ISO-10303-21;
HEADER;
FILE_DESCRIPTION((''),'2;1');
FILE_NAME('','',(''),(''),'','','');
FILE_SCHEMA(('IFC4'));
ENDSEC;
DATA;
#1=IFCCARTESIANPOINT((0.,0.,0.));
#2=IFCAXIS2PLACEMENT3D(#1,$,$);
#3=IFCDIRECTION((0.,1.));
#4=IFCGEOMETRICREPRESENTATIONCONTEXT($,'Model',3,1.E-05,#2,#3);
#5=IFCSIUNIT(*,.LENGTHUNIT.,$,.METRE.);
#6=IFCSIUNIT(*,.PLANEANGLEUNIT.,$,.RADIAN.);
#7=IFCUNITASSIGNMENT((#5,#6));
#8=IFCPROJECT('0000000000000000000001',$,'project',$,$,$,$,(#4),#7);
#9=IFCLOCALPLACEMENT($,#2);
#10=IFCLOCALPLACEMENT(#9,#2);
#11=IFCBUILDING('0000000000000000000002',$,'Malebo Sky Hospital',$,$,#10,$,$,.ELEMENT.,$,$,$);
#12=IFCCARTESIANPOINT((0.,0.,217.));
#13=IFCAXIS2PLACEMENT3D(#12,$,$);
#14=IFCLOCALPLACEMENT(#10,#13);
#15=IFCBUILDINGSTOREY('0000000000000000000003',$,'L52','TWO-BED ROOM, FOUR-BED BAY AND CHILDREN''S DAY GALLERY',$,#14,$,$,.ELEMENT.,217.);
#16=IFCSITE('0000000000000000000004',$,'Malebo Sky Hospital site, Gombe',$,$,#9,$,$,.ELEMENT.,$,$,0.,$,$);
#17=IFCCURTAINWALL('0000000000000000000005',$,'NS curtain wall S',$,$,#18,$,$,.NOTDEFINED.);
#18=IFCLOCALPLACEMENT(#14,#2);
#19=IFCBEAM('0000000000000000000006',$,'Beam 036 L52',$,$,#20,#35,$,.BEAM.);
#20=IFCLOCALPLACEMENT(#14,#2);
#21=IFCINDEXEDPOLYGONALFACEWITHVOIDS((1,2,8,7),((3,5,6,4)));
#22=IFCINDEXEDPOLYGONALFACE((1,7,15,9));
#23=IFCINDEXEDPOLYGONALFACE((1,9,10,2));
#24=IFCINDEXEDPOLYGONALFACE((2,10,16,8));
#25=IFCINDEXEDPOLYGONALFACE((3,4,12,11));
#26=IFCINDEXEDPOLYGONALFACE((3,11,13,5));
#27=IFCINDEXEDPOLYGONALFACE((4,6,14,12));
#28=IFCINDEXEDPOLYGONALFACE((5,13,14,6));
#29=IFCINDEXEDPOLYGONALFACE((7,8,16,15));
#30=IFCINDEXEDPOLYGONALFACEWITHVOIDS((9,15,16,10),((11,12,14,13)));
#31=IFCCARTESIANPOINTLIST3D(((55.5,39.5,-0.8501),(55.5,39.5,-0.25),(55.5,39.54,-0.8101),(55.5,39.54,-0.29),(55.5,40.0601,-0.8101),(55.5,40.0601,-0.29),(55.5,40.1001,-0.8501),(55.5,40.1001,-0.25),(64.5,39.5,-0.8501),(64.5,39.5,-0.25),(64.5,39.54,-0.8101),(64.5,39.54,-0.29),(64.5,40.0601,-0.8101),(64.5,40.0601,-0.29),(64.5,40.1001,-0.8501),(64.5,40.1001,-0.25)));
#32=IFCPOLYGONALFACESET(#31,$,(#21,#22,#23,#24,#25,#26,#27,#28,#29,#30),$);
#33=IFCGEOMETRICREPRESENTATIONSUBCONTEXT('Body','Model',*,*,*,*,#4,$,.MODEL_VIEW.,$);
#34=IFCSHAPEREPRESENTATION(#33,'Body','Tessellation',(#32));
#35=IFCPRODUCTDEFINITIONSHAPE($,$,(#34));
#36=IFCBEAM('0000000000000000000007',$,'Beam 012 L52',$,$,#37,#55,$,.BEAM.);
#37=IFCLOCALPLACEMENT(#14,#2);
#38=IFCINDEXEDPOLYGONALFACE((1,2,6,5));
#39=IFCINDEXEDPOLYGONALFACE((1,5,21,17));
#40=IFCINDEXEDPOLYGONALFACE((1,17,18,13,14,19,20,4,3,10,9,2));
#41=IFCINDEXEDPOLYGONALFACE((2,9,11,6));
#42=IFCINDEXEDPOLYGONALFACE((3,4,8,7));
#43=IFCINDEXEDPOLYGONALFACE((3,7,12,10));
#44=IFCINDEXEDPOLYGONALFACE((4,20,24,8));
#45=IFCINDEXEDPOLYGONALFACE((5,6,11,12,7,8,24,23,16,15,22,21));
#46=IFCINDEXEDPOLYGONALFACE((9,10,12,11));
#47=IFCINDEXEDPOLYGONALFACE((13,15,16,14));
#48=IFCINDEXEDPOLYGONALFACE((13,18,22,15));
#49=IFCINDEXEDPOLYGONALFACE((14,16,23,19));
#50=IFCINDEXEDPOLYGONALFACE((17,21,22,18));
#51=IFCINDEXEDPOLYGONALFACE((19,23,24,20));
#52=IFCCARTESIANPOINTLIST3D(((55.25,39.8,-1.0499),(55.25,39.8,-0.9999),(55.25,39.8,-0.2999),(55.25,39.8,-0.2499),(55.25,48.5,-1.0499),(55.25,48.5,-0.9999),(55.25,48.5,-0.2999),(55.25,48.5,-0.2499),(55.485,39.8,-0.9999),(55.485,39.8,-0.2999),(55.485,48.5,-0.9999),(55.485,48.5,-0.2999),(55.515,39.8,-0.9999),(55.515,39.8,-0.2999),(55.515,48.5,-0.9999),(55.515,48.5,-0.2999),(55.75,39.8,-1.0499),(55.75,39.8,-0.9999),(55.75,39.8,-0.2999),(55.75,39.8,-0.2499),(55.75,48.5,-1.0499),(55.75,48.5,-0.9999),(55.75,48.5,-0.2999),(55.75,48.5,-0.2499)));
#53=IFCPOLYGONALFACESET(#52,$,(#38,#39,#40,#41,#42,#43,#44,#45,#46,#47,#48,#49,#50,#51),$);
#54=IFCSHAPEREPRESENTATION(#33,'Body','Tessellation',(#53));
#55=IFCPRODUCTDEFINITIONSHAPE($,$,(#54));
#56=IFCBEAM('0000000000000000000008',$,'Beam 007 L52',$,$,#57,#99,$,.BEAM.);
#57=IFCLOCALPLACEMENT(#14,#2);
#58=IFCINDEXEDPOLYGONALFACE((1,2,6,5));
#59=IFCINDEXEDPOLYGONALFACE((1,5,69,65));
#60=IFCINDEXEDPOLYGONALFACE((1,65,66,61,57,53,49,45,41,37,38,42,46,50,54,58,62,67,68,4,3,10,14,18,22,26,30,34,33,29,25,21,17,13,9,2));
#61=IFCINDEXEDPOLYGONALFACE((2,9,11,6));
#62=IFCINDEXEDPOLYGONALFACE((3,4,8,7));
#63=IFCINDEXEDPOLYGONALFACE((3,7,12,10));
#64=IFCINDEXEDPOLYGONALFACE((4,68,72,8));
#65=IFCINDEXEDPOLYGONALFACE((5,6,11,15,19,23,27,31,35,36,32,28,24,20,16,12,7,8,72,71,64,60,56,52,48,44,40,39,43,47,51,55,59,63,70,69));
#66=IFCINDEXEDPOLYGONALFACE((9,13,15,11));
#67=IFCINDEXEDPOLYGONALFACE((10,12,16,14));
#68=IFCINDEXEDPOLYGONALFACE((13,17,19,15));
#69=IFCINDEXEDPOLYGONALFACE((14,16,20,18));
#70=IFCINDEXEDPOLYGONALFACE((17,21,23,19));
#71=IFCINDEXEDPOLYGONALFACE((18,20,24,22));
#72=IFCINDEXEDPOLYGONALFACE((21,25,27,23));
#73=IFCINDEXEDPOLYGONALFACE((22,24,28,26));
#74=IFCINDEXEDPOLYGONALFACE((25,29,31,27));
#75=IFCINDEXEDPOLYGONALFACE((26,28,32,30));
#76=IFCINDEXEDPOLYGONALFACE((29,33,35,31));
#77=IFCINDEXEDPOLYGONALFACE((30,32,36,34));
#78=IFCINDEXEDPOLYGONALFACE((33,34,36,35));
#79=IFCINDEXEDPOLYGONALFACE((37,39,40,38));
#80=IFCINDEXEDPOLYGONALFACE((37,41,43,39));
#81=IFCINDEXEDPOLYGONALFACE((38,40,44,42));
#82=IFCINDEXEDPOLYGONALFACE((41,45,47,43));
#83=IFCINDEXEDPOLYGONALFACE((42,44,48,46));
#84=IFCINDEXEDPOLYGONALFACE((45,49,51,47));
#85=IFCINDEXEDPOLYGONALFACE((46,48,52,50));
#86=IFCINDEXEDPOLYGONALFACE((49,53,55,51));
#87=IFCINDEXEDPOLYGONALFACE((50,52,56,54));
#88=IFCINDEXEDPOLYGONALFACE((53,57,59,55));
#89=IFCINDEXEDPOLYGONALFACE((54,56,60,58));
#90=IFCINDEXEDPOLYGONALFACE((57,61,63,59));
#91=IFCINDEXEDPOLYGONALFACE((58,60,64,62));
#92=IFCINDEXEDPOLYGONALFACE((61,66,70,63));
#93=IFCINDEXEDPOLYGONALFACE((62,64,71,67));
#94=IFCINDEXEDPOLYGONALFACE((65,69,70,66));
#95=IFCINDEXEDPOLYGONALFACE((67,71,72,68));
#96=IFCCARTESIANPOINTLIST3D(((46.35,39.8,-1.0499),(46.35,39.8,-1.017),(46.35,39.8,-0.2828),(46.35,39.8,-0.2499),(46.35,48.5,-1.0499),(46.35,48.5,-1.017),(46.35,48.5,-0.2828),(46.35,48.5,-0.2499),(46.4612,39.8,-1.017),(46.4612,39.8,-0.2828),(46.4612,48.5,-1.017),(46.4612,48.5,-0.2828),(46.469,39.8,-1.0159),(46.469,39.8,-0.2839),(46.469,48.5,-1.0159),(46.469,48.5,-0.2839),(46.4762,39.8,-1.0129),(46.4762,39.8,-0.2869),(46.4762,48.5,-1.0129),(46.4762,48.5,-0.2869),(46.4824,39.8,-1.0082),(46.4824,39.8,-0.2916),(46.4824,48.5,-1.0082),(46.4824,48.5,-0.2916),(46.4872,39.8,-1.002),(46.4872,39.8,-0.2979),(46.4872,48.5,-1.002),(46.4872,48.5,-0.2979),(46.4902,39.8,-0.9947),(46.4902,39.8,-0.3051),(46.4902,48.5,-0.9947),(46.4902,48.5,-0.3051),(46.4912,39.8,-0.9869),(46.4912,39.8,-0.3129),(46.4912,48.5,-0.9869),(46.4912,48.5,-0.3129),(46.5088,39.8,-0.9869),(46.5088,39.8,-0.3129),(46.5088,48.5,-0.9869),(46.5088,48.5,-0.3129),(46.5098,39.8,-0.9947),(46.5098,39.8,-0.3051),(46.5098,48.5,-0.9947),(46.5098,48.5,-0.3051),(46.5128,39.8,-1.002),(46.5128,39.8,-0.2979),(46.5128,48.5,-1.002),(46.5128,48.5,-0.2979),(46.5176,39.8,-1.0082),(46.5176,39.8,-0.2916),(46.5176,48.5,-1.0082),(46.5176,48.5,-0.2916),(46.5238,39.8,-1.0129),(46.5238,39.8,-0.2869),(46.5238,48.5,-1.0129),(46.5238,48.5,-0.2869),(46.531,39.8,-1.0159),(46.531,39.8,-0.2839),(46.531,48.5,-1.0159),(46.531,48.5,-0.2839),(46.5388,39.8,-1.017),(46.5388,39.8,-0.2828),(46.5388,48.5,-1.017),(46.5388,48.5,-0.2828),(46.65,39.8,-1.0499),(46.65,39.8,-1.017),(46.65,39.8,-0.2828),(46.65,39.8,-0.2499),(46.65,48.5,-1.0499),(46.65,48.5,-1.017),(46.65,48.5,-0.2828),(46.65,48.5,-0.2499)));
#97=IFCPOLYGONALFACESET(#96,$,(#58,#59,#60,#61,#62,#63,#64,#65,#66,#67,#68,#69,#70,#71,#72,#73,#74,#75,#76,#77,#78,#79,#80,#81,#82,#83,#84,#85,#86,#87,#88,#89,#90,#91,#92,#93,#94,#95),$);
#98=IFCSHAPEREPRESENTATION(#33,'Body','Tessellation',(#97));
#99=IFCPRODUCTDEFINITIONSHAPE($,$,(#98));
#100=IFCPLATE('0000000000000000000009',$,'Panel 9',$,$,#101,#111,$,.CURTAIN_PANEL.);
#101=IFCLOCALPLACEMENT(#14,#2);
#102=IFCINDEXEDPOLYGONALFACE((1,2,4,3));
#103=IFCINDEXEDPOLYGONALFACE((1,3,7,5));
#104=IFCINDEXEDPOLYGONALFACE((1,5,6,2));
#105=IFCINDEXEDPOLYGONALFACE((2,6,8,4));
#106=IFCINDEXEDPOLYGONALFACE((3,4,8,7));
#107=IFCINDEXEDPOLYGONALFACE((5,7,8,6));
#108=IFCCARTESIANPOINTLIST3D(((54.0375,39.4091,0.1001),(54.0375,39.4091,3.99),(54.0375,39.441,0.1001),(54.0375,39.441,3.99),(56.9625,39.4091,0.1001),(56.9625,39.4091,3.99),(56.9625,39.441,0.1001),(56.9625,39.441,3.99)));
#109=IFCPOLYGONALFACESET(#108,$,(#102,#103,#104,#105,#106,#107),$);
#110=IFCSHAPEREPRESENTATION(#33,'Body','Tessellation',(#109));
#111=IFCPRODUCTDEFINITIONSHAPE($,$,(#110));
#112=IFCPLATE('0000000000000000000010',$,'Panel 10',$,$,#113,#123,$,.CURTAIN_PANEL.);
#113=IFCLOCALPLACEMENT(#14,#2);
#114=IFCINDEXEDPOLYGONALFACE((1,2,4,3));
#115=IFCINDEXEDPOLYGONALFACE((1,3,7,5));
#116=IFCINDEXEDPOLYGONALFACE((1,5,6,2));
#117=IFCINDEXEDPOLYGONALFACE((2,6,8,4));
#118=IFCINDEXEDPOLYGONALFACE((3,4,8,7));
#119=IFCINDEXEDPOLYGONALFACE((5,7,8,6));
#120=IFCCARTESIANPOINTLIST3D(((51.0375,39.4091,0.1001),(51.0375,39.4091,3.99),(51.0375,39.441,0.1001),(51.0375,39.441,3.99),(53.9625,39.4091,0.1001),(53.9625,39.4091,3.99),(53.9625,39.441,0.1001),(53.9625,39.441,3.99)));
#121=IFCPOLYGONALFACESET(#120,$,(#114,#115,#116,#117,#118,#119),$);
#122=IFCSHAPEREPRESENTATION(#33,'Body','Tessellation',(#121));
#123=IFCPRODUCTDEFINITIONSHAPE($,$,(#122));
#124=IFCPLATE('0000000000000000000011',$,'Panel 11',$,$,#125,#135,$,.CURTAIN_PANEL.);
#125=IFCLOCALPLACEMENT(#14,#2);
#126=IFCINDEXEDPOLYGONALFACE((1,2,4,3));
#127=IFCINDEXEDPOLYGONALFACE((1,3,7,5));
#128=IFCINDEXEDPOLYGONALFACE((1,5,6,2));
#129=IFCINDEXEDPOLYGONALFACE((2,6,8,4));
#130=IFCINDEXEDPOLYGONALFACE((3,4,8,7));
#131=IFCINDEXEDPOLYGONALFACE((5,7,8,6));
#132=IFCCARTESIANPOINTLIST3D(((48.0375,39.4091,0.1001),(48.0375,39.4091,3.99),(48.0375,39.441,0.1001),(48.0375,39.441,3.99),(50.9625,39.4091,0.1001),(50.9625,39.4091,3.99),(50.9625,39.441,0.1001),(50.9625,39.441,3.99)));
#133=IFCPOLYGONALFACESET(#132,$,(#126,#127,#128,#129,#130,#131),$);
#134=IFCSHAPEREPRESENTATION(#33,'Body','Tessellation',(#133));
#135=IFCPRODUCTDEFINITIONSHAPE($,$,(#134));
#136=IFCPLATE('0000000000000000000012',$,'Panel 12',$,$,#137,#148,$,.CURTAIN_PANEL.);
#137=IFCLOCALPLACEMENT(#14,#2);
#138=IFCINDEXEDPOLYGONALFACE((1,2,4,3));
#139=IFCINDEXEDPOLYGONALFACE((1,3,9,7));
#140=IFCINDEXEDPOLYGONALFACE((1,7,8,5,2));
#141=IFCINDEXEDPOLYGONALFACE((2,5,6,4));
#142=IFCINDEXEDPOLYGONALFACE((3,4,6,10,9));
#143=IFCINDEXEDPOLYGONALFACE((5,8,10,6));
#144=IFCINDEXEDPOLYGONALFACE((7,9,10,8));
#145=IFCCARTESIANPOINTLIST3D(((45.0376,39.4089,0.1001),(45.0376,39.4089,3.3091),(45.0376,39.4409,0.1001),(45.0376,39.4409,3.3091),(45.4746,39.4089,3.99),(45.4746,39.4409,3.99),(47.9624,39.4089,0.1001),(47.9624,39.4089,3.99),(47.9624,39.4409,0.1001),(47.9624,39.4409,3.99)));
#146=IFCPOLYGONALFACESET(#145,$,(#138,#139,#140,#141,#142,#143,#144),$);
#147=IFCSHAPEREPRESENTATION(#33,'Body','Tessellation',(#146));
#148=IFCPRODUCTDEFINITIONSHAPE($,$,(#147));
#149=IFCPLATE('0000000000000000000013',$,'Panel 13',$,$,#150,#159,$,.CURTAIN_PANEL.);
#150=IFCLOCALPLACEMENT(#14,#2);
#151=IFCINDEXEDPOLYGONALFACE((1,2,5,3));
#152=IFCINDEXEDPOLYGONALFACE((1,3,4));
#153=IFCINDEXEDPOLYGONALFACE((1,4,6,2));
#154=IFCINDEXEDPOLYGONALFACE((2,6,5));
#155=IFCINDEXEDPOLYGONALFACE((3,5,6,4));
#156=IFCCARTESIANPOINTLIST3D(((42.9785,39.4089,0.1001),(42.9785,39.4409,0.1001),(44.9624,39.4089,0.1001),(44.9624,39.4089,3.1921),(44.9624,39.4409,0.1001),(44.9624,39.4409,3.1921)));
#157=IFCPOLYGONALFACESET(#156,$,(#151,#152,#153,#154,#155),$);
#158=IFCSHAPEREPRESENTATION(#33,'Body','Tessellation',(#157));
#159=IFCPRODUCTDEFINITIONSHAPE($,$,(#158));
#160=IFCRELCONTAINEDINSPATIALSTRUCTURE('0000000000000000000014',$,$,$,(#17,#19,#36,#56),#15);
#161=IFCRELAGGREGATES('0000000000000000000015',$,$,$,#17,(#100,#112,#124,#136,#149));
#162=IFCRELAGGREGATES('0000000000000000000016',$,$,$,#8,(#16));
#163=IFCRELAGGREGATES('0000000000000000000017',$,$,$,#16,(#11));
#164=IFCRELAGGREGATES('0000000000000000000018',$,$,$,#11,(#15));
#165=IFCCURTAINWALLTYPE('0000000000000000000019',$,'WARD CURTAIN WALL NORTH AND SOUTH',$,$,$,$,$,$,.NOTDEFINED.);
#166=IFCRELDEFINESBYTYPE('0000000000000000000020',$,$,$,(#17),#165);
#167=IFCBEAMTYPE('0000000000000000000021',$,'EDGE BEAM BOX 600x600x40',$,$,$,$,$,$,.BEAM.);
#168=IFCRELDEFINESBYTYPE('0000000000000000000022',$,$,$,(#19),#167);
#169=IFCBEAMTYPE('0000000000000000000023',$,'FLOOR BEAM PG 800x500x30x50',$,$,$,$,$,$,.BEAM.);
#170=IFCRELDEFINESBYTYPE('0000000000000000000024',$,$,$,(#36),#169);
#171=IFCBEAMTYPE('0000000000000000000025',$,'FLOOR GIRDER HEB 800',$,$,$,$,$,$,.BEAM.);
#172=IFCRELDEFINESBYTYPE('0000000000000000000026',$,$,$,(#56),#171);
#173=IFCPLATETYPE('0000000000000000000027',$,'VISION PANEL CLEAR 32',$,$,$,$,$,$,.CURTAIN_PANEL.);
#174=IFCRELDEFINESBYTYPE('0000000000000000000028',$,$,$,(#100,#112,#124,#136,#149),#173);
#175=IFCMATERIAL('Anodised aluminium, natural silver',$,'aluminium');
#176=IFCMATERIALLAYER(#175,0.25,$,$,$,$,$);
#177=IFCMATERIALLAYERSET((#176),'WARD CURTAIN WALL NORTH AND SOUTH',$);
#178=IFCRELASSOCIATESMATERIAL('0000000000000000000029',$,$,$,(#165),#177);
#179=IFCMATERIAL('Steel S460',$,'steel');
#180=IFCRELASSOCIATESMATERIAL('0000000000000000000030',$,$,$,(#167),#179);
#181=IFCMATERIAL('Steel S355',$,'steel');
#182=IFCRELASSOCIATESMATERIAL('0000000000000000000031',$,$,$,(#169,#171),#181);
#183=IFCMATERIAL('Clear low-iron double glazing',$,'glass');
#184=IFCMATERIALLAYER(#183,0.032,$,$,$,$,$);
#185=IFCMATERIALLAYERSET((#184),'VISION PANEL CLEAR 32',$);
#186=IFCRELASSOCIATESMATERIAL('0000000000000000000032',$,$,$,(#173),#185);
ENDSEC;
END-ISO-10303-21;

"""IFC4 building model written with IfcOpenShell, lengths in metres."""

from ifc_helpers import new_model, si_unit, direction, frame, origin, origin_2d, place, context, subcontext, project, spatial, polyline, rectangle, hollow_rectangle, i_section, outline, extrude, material, layer, layer_set, material_profile, profile_set, type_object, element, aggregate, save


model = new_model("IFC4")

# Units and contexts
model_context = context("Model", 3, precision=1e-05, world=origin(), true_north=direction((0.0, 1.0)))
body_context = subcontext(model_context, "Body", "Model", "MODEL_VIEW")
ifc_project = project(units=[si_unit("LENGTHUNIT", "METRE"), si_unit("PLANEANGLEUNIT", "RADIAN")], contexts=[model_context])

# Site, building, storey
site_placement = place(None, origin())
site = spatial("IfcSite", under=ifc_project, at=site_placement, Name="Malebo Sky Hospital site, Gombe", CompositionType="ELEMENT", RefElevation=0.0)
building_placement = place(site_placement, origin())
building = spatial("IfcBuilding", under=site, at=building_placement, Name="Malebo Sky Hospital", CompositionType="ELEMENT")
storey_placement = place(building_placement, frame((0.0, 0.0, 217.0)))
storey = spatial("IfcBuildingStorey", under=building, at=storey_placement, Name="L52", Description="TWO-BED ROOM, FOUR-BED BAY AND CHILDREN'S DAY GALLERY", CompositionType="ELEMENT", Elevation=217.0)

# Shared definitions
ifc_material_1 = material(Name="Steel S460", Category="steel")

# Curtain wall
ifc_material_2 = material(Name="Anodised aluminium, natural silver", Category="aluminium")
ifc_layer_1 = layer(ifc_material_2, 0.25)
ifc_layer_set_1 = layer_set([ifc_layer_1], Name="WARD CURTAIN WALL NORTH AND SOUTH")
curtain_wall_type = type_object("IfcCurtainWallType", Name="WARD CURTAIN WALL NORTH AND SOUTH", PredefinedType="NOTDEFINED", material=ifc_layer_set_1)
curtain_wall_placement = place(storey_placement, origin())
curtain_wall = element("IfcCurtainWall", 1, at=curtain_wall_placement, inside=storey, type_object=curtain_wall_type, Name="NS curtain wall S", PredefinedType="NOTDEFINED")

# Beams
ifc_material_profile_1 = material_profile(ifc_material_1, hollow_rectangle(XDim=0.6001, YDim=0.6001, WallThickness=0.04, at=origin_2d()), Name="BOX 600x600x40")
ifc_profile_set_1 = profile_set([ifc_material_profile_1], Name="Steel S460")
beam_type_1 = type_object("IfcBeamType", Name="EDGE BEAM BOX 600x600x40", PredefinedType="BEAM", material=ifc_profile_set_1)
for number, where, z_axis, x_axis, name in (
    (2, (55.5, 39.8, -0.55), (1.0, 0.0, 0.0), (0.0, 1.0, 0.0), "Beam 036 L52"),
):
    element("IfcBeam", number, at=place(storey_placement, frame(where, z_axis=z_axis, x_axis=x_axis)), inside=storey, type_object=beam_type_1, Name=name, PredefinedType="BEAM", context=body_context, shape_type="SweptSolid", body=[
        extrude(hollow_rectangle(XDim=0.6001, YDim=0.6001, WallThickness=0.04, at=origin_2d()), origin(), (0.0, 0.0, 1.0), 9.0),
    ])
ifc_material_3 = material(Name="Steel S355", Category="steel")
ifc_material_profile_2 = material_profile(ifc_material_3, i_section(OverallWidth=0.5, OverallDepth=0.8, WebThickness=0.03, FlangeThickness=0.05, at=origin_2d()), Name="PG 800x500x30x50")
ifc_profile_set_2 = profile_set([ifc_material_profile_2], Name="Steel S355")
beam_type_2 = type_object("IfcBeamType", Name="FLOOR BEAM PG 800x500x30x50", PredefinedType="BEAM", material=ifc_profile_set_2)
beam_1_placement = place(storey_placement, frame((55.5, 39.8, -0.6499), z_axis=(0.0, 1.0, 0.0), x_axis=(-1.0, 0.0, 0.0)))
element("IfcBeam", 3, at=beam_1_placement, inside=storey, type_object=beam_type_2, Name="Beam 012 L52", PredefinedType="BEAM", context=body_context, shape_type="SweptSolid", body=[
    extrude(i_section(OverallWidth=0.5, OverallDepth=0.8, WebThickness=0.03, FlangeThickness=0.05, at=origin_2d()), origin(), (0.0, 0.0, 1.0), 8.7),
])
ifc_material_profile_3 = material_profile(ifc_material_3, i_section(OverallWidth=0.3, OverallDepth=0.8, WebThickness=0.0176, FlangeThickness=0.033, FilletRadius=0.03, at=origin_2d()), Name="HEB 800")
ifc_profile_set_3 = profile_set([ifc_material_profile_3], Name="Steel S355")
beam_type_3 = type_object("IfcBeamType", Name="FLOOR GIRDER HEB 800", PredefinedType="BEAM", material=ifc_profile_set_3)
beam_2_placement = place(storey_placement, frame((46.5, 39.8, -0.6499), z_axis=(0.0, 1.0, 0.0), x_axis=(-1.0, 0.0, 0.0)))
element("IfcBeam", 4, at=beam_2_placement, inside=storey, type_object=beam_type_3, Name="Beam 007 L52", PredefinedType="BEAM", context=body_context, shape_type="SweptSolid", body=[
    extrude(i_section(OverallWidth=0.3, OverallDepth=0.8, WebThickness=0.0176, FlangeThickness=0.033, FilletRadius=0.03, at=origin_2d()), origin(), (0.0, 0.0, 1.0), 8.7),
])

# Plates
ifc_material_4 = material(Name="Clear low-iron double glazing", Category="glass")
ifc_layer_2 = layer(ifc_material_4, 0.032)
ifc_layer_set_2 = layer_set([ifc_layer_2], Name="VISION PANEL CLEAR 32")
plate_type = type_object("IfcPlateType", Name="VISION PANEL CLEAR 32", PredefinedType="CURTAIN_PANEL", material=ifc_layer_set_2)
plate_1_placement = place(storey_placement, frame((55.5, 39.425, 0.1001), z_axis=(0.0, 0.0, 1.0), x_axis=(-1.0, 0.0, 0.0)))
plate_1 = element("IfcPlate", 5, at=plate_1_placement, type_object=plate_type, Name="Panel 9", PredefinedType="CURTAIN_PANEL", context=body_context, shape_type="SweptSolid", body=[
    extrude(rectangle(XDim=2.925, YDim=0.032, at=origin_2d()), origin(), (0.0, 0.0, 1.0), 3.8899),
])
plate_2_placement = place(storey_placement, frame((52.5, 39.425, 0.1001), z_axis=(0.0, 0.0, 1.0), x_axis=(-1.0, 0.0, 0.0)))
plate_2 = element("IfcPlate", 6, at=plate_2_placement, type_object=plate_type, Name="Panel 10", PredefinedType="CURTAIN_PANEL", context=body_context, shape_type="SweptSolid", body=[
    extrude(rectangle(XDim=2.925, YDim=0.032, at=origin_2d()), origin(), (0.0, 0.0, 1.0), 3.8899),
])
plate_3_placement = place(storey_placement, frame((49.5, 39.425, 0.1001), z_axis=(0.0, 0.0, 1.0), x_axis=(-1.0, 0.0, 0.0)))
plate_3 = element("IfcPlate", 7, at=plate_3_placement, type_object=plate_type, Name="Panel 11", PredefinedType="CURTAIN_PANEL", context=body_context, shape_type="SweptSolid", body=[
    extrude(rectangle(XDim=2.925, YDim=0.032, at=origin_2d()), origin(), (0.0, 0.0, 1.0), 3.8899),
])
plate_4_placement = place(storey_placement, frame((46.5, 39.425, 0.1001), z_axis=(0.0, 0.0, 1.0), x_axis=(-1.0, 0.0, 0.0)))
plate_4 = element("IfcPlate", 8, at=plate_4_placement, type_object=plate_type, Name="Panel 12", PredefinedType="CURTAIN_PANEL", context=body_context, shape_type="SweptSolid", body=[
    extrude(outline(polyline([(-1.4624, 0.0), (1.4624, 0.0), (1.4624, 3.209), (1.0254, 3.8899), (-1.4624, 3.8899), (-1.4624, 0.0)])), frame((0.0, 0.0161, 0.0), z_axis=(0.0, -1.0, 0.0), x_axis=(1.0, 0.0, 0.0)), (0.0, 0.0, 1.0), 0.032),
])
plate_5_placement = place(storey_placement, frame((43.9705, 39.425, 0.1001), z_axis=(0.0, 0.0, 1.0), x_axis=(-1.0, 0.0, 0.0)))
plate_5 = element("IfcPlate", 9, at=plate_5_placement, type_object=plate_type, Name="Panel 13", PredefinedType="CURTAIN_PANEL", context=body_context, shape_type="SweptSolid", body=[
    extrude(outline(polyline([(-0.9919, 0.0), (0.9919, 0.0), (-0.9919, 3.092), (-0.9919, 0.0)])), frame((0.0, 0.0161, 0.0), z_axis=(0.0, -1.0, 0.0), x_axis=(1.0, 0.0, 0.0)), (0.0, 0.0, 1.0), 0.032),
])
aggregate(curtain_wall, [plate_1, plate_2, plate_3, plate_4, plate_5])

save(model, "model.ifc")
